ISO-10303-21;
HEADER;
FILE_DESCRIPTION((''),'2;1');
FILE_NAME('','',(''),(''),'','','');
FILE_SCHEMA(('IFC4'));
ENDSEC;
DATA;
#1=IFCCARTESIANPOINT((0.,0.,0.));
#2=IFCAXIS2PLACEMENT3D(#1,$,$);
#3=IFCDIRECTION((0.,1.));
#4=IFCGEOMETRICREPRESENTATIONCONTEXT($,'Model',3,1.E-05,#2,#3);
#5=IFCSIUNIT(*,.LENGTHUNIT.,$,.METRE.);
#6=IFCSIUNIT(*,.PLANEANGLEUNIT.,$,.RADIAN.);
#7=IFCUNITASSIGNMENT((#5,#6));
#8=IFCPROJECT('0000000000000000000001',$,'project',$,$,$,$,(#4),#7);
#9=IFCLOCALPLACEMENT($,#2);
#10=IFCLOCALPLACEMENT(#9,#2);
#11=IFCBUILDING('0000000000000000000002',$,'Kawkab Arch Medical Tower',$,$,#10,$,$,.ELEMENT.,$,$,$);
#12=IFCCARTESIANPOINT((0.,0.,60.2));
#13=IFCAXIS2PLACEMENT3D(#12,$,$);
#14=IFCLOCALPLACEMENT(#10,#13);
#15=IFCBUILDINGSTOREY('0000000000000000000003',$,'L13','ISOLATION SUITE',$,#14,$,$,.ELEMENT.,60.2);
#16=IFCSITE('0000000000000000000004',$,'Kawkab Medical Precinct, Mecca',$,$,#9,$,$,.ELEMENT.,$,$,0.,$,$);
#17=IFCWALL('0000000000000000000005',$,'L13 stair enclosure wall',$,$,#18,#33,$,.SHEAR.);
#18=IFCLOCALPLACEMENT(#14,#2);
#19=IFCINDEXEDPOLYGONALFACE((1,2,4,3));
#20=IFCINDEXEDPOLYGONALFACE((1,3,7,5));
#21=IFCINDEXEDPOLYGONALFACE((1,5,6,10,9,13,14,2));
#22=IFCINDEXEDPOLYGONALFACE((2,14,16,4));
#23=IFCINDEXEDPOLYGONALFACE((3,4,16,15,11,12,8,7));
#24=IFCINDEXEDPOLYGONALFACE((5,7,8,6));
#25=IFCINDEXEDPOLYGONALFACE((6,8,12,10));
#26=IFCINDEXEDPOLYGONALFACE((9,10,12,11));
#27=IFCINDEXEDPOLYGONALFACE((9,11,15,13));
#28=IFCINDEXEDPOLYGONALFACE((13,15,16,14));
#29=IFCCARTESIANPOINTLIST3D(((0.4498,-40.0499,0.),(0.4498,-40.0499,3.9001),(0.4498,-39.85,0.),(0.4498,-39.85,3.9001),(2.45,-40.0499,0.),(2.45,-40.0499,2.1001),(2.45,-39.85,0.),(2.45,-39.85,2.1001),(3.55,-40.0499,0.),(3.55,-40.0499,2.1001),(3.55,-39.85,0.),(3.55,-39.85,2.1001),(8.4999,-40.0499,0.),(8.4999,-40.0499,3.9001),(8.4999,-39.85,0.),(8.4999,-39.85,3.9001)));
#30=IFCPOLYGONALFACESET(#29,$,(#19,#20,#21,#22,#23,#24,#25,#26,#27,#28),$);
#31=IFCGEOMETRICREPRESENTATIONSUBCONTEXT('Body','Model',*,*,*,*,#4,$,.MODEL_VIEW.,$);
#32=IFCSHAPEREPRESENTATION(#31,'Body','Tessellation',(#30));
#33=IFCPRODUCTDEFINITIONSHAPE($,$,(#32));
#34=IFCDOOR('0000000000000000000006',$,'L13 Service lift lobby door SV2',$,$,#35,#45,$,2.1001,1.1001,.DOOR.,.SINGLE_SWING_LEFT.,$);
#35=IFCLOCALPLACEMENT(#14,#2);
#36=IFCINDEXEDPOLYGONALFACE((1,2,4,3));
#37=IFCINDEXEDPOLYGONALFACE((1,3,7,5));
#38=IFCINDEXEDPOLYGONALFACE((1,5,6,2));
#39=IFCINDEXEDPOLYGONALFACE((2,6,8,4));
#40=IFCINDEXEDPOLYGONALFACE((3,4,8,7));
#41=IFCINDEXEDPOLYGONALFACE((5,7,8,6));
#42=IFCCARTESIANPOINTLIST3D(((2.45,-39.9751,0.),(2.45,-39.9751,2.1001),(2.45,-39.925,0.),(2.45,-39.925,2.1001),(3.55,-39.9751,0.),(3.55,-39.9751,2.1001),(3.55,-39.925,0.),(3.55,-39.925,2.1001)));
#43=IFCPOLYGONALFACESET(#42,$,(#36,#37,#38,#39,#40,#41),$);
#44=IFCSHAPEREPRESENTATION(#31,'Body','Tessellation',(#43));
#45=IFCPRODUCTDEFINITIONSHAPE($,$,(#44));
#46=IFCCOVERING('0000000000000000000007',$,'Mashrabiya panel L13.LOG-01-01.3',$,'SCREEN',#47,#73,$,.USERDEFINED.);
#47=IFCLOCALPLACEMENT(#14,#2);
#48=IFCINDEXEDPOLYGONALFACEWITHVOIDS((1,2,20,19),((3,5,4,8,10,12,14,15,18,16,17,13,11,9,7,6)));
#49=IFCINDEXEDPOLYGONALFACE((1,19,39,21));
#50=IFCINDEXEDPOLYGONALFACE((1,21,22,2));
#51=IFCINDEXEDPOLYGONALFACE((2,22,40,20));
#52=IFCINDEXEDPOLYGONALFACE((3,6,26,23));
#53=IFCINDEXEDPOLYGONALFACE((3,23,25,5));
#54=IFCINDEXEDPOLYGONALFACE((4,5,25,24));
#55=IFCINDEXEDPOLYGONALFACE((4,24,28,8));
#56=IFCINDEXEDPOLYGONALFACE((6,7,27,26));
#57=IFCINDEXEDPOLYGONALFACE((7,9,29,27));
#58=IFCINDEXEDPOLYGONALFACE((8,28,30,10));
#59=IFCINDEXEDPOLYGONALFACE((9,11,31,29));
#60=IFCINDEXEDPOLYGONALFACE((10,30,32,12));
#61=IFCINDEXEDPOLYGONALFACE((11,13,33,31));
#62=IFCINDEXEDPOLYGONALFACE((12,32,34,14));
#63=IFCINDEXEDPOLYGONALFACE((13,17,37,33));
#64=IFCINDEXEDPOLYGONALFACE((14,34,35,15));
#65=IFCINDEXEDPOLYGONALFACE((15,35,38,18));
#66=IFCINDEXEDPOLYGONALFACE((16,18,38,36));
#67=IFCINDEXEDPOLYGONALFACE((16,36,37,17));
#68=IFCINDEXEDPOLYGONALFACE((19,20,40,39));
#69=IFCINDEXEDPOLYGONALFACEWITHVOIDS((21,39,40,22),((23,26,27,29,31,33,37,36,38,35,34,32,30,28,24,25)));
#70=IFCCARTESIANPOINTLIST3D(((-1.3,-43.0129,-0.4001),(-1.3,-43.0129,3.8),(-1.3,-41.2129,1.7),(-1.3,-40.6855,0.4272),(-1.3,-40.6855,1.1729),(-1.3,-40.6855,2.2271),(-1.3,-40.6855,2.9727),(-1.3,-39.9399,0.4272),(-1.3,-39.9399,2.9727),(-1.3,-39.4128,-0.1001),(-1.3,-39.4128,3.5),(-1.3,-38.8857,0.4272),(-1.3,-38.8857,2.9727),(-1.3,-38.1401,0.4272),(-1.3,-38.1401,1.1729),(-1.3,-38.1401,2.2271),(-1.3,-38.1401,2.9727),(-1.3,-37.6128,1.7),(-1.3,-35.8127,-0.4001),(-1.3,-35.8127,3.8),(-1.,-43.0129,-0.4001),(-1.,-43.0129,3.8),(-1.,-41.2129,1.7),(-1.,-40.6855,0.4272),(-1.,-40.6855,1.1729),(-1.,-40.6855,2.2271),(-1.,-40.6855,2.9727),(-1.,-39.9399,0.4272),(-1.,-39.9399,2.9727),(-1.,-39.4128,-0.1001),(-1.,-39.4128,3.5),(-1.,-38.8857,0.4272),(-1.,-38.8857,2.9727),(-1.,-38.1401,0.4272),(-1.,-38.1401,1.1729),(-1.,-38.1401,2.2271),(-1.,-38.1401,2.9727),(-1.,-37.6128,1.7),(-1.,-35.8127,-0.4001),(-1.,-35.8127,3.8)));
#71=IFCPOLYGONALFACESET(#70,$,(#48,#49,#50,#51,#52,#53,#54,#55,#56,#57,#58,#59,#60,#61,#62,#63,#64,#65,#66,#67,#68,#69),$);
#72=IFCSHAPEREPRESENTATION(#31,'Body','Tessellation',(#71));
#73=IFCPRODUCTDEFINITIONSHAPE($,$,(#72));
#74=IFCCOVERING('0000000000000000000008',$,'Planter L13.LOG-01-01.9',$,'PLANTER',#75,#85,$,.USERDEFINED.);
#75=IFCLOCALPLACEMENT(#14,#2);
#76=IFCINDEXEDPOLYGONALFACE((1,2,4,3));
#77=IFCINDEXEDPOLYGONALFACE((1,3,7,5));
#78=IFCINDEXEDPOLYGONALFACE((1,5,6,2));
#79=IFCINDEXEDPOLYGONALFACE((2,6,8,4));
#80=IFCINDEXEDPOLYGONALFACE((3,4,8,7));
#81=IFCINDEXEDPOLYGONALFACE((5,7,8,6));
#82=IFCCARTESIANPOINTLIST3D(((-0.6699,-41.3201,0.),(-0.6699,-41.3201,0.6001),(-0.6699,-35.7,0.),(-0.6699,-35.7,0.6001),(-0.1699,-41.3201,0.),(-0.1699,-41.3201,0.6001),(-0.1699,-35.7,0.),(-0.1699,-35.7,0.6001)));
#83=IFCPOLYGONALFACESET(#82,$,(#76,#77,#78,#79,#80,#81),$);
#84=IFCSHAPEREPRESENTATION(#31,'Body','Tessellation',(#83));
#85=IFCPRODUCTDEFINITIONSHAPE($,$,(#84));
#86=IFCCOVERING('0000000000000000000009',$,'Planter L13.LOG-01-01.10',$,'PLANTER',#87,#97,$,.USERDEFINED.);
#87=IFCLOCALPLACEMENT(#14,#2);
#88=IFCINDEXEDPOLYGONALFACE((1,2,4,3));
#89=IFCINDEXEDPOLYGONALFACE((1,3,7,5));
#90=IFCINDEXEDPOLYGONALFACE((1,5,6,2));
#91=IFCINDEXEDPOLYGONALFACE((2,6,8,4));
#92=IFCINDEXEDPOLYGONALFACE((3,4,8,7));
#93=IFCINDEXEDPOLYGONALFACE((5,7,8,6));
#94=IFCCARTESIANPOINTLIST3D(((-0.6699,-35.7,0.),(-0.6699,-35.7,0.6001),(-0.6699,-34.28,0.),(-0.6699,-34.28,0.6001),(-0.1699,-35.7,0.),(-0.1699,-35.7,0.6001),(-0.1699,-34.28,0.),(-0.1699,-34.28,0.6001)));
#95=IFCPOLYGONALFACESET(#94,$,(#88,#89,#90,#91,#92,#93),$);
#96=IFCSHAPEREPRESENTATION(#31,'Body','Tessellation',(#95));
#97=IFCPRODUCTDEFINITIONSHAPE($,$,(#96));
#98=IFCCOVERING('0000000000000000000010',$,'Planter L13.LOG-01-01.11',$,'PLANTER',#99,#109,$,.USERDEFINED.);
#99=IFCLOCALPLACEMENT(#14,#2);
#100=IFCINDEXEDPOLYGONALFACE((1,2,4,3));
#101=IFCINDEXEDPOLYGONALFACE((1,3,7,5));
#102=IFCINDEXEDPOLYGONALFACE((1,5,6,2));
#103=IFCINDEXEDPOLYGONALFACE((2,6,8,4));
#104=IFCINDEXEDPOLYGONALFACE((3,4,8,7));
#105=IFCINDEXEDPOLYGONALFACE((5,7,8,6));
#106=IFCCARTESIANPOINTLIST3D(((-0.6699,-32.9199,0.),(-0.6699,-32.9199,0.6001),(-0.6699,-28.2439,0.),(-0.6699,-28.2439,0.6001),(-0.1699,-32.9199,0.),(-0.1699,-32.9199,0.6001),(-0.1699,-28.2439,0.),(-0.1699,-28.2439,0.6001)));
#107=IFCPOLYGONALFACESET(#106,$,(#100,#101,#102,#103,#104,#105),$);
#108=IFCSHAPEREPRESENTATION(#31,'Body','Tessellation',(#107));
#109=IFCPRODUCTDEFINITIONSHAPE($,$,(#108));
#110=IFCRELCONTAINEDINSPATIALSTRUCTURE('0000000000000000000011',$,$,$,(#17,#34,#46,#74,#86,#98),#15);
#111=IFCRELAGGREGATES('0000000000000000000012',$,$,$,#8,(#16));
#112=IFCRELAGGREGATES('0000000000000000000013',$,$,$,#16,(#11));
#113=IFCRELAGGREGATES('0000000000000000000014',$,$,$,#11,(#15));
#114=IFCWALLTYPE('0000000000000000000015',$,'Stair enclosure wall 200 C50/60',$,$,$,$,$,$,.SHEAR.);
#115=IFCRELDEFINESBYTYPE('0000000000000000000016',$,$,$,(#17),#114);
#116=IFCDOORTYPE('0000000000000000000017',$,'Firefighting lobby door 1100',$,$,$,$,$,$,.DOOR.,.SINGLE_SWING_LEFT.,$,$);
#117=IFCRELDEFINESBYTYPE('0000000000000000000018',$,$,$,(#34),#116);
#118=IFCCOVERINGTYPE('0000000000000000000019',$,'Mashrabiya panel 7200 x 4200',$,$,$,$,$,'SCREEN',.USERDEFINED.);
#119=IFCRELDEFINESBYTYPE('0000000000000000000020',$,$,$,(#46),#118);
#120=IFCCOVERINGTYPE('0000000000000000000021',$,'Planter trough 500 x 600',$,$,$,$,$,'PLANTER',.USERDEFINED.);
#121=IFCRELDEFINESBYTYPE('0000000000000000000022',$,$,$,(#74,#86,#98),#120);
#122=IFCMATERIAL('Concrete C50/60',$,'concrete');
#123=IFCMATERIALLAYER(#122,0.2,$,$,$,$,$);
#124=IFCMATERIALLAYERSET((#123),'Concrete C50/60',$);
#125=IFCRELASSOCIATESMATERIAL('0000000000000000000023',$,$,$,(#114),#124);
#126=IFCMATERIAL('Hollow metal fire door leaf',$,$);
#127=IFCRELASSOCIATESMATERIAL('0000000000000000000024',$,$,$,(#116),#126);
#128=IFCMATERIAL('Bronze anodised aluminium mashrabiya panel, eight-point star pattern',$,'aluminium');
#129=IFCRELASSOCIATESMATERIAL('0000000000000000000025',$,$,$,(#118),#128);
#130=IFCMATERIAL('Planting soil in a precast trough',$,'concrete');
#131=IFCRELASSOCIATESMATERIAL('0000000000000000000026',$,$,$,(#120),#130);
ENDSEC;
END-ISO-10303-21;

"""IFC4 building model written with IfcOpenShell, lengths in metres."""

from ifc_helpers import new_model, si_unit, direction, frame, frame_2d, origin, origin_2d, place, context, subcontext, project, spatial, polyline, rectangle, outline, extrude, material, layer, layer_set, material_profile, profile_set, type_object, element, fill, save


model = new_model("IFC4")

# Units and contexts
model_context = context("Model", 3, precision=1e-05, world=origin(), true_north=direction((0.0, 1.0)))
body_context = subcontext(model_context, "Body", "Model", "MODEL_VIEW")
ifc_project = project(units=[si_unit("LENGTHUNIT", "METRE"), si_unit("PLANEANGLEUNIT", "RADIAN")], contexts=[model_context])

# Site, building, storey
site_placement = place(None, origin())
site = spatial("IfcSite", under=ifc_project, at=site_placement, Name="Kawkab Medical Precinct, Mecca", CompositionType="ELEMENT", RefElevation=0.0)
building_placement = place(site_placement, origin())
building = spatial("IfcBuilding", under=site, at=building_placement, Name="Kawkab Arch Medical Tower", CompositionType="ELEMENT")
storey_placement = place(building_placement, frame((0.0, 0.0, 60.2)))
storey = spatial("IfcBuildingStorey", under=building, at=storey_placement, Name="L13", Description="ISOLATION SUITE", CompositionType="ELEMENT", Elevation=60.2)

# Wall, opening, door
ifc_material_1 = material(Name="Concrete C50/60", Category="concrete")
ifc_layer_1 = layer(ifc_material_1, 0.2)
ifc_layer_set_1 = layer_set([ifc_layer_1], Name="Concrete C50/60")
wall_type_1 = type_object("IfcWallType", Name="Stair enclosure wall 200 C50/60", PredefinedType="SHEAR", material=ifc_layer_set_1)
wall_1_placement = place(storey_placement, frame((0.45, -39.95, 0.0), z_axis=(0.0, 0.0, 1.0), x_axis=(1.0, 0.0, 0.0)))
wall_1 = element("IfcWall", 1, at=wall_1_placement, inside=storey, type_object=wall_type_1, Name="L13 stair enclosure wall", PredefinedType="SHEAR", context=body_context, shape_type="SweptSolid", body=[
    extrude(rectangle(XDim=8.05, YDim=0.2, at=frame_2d((4.0249, 0.0))), origin(), (0.0, 0.0, 1.0), 3.9001),
])
opening_1_placement = place(wall_1_placement, frame((2.0, 0.0, 0.0)))
opening_1 = element("IfcOpeningElement", 2, at=opening_1_placement, cuts=wall_1, PredefinedType="OPENING", context=body_context, shape_type="SweptSolid", body=[
    extrude(rectangle(XDim=1.1001, YDim=2.1001, at=frame_2d((0.55, 1.05))), frame((0.0, 0.1099, 0.0), z_axis=(0.0, -1.0, 0.0), x_axis=(1.0, 0.0, 0.0)), (0.0, 0.0, 1.0), 0.22),
])
ifc_material_2 = material(Name="Hollow metal fire door leaf")
door_type_1 = type_object("IfcDoorType", Name="Firefighting lobby door 1100", OperationType="SINGLE_SWING_LEFT", PredefinedType="DOOR", material=ifc_material_2)
door_1_placement = place(opening_1_placement, origin())
door_1 = element("IfcDoor", 3, at=door_1_placement, inside=storey, type_object=door_type_1, Name="L13 Service lift lobby door SV2", OperationType="SINGLE_SWING_LEFT", OverallHeight=2.1001, OverallWidth=1.1001, PredefinedType="DOOR", context=body_context, shape_type="SweptSolid", body=[
    extrude(rectangle(XDim=1.1001, YDim=2.1001, at=frame_2d((0.55, 1.05))), frame((0.0, 0.0249, 0.0), z_axis=(0.0, -1.0, 0.0), x_axis=(1.0, 0.0, 0.0)), (0.0, 0.0, 1.0), 0.05),
])
fill(opening_1, door_1)

# Coverings
ifc_material_3 = material(Name="Bronze anodised aluminium mashrabiya panel, eight-point star pattern", Category="aluminium")
ifc_material_profile_1 = material_profile(ifc_material_3, outline(polyline([(-3.6001, -2.1001), (3.6001, -2.1001), (3.6001, 2.1001), (-3.6001, 2.1001), (-3.6001, -2.1001)]), holes=[polyline([(1.8, 0.0), (1.2727, 0.5271), (1.2727, 1.2727), (0.5271, 1.2727), (0.0, 1.8), (-0.5271, 1.2727), (-1.2727, 1.2727), (-1.2727, 0.5271), (-1.8, 0.0), (-1.2727, -0.5271), (-1.2727, -1.2727), (-0.5271, -1.2727), (0.0, -1.8), (0.5271, -1.2727), (1.2727, -1.2727), (1.2727, -0.5271), (1.8, 0.0)])]), Name="Mashrabiya panel 7200x4200")
ifc_profile_set_1 = profile_set([ifc_material_profile_1], Name="Bronze anodised aluminium mashrabiya panel, eight-point star pattern")
covering_type_1 = type_object("IfcCoveringType", Name="Mashrabiya panel 7200 x 4200", ElementType="SCREEN", PredefinedType="USERDEFINED", material=ifc_profile_set_1)
covering_1_placement = place(storey_placement, frame((-1.0, -39.4128, 1.7), z_axis=(-1.0, 0.0, 0.0), x_axis=(0.0, -1.0, 0.0)))
element("IfcCovering", 4, at=covering_1_placement, inside=storey, type_object=covering_type_1, Name="Mashrabiya panel L13.LOG-01-01.3", ObjectType="SCREEN", PredefinedType="USERDEFINED", context=body_context, shape_type="SweptSolid", body=[
    extrude(outline(polyline([(-3.6001, -2.1001), (3.6001, -2.1001), (3.6001, 2.1001), (-3.6001, 2.1001), (-3.6001, -2.1001)]), holes=[polyline([(1.8, 0.0), (1.2727, 0.5271), (1.2727, 1.2727), (0.5271, 1.2727), (0.0, 1.8), (-0.5271, 1.2727), (-1.2727, 1.2727), (-1.2727, 0.5271), (-1.8, 0.0), (-1.2727, -0.5271), (-1.2727, -1.2727), (-0.5271, -1.2727), (0.0, -1.8), (0.5271, -1.2727), (1.2727, -1.2727), (1.2727, -0.5271), (1.8, 0.0)])]), origin(), (0.0, 0.0, 1.0), 0.3),
])
ifc_material_4 = material(Name="Planting soil in a precast trough", Category="concrete")
ifc_material_profile_2 = material_profile(ifc_material_4, rectangle(XDim=0.5, YDim=0.6001, at=origin_2d()), Name="Trough 500x600")
ifc_profile_set_2 = profile_set([ifc_material_profile_2], Name="Planting soil in a precast trough")
covering_type_2 = type_object("IfcCoveringType", Name="Planter trough 500 x 600", ElementType="PLANTER", PredefinedType="USERDEFINED", material=ifc_profile_set_2)
covering_2_placement = place(storey_placement, frame((-0.4199, -41.3201, 0.3), z_axis=(0.0, 1.0, 0.0), x_axis=(-1.0, 0.0, 0.0)))
element("IfcCovering", 5, at=covering_2_placement, inside=storey, type_object=covering_type_2, Name="Planter L13.LOG-01-01.9", ObjectType="PLANTER", PredefinedType="USERDEFINED", context=body_context, shape_type="SweptSolid", body=[
    extrude(rectangle(XDim=0.5, YDim=0.6001, at=origin_2d()), origin(), (0.0, 0.0, 1.0), 5.6201),
])
covering_3_placement = place(storey_placement, frame((-0.4199, -35.7, 0.3), z_axis=(0.0, 1.0, 0.0), x_axis=(-1.0, 0.0, 0.0)))
element("IfcCovering", 6, at=covering_3_placement, inside=storey, type_object=covering_type_2, Name="Planter L13.LOG-01-01.10", ObjectType="PLANTER", PredefinedType="USERDEFINED", context=body_context, shape_type="SweptSolid", body=[
    extrude(rectangle(XDim=0.5, YDim=0.6001, at=origin_2d()), origin(), (0.0, 0.0, 1.0), 1.4199),
])
covering_4_placement = place(storey_placement, frame((-0.4199, -32.9199, 0.3), z_axis=(0.0, 1.0, 0.0), x_axis=(-1.0, 0.0, 0.0)))
element("IfcCovering", 7, at=covering_4_placement, inside=storey, type_object=covering_type_2, Name="Planter L13.LOG-01-01.11", ObjectType="PLANTER", PredefinedType="USERDEFINED", context=body_context, shape_type="SweptSolid", body=[
    extrude(rectangle(XDim=0.5, YDim=0.6001, at=origin_2d()), origin(), (0.0, 0.0, 1.0), 4.676),
])

save(model, "model.ifc")
